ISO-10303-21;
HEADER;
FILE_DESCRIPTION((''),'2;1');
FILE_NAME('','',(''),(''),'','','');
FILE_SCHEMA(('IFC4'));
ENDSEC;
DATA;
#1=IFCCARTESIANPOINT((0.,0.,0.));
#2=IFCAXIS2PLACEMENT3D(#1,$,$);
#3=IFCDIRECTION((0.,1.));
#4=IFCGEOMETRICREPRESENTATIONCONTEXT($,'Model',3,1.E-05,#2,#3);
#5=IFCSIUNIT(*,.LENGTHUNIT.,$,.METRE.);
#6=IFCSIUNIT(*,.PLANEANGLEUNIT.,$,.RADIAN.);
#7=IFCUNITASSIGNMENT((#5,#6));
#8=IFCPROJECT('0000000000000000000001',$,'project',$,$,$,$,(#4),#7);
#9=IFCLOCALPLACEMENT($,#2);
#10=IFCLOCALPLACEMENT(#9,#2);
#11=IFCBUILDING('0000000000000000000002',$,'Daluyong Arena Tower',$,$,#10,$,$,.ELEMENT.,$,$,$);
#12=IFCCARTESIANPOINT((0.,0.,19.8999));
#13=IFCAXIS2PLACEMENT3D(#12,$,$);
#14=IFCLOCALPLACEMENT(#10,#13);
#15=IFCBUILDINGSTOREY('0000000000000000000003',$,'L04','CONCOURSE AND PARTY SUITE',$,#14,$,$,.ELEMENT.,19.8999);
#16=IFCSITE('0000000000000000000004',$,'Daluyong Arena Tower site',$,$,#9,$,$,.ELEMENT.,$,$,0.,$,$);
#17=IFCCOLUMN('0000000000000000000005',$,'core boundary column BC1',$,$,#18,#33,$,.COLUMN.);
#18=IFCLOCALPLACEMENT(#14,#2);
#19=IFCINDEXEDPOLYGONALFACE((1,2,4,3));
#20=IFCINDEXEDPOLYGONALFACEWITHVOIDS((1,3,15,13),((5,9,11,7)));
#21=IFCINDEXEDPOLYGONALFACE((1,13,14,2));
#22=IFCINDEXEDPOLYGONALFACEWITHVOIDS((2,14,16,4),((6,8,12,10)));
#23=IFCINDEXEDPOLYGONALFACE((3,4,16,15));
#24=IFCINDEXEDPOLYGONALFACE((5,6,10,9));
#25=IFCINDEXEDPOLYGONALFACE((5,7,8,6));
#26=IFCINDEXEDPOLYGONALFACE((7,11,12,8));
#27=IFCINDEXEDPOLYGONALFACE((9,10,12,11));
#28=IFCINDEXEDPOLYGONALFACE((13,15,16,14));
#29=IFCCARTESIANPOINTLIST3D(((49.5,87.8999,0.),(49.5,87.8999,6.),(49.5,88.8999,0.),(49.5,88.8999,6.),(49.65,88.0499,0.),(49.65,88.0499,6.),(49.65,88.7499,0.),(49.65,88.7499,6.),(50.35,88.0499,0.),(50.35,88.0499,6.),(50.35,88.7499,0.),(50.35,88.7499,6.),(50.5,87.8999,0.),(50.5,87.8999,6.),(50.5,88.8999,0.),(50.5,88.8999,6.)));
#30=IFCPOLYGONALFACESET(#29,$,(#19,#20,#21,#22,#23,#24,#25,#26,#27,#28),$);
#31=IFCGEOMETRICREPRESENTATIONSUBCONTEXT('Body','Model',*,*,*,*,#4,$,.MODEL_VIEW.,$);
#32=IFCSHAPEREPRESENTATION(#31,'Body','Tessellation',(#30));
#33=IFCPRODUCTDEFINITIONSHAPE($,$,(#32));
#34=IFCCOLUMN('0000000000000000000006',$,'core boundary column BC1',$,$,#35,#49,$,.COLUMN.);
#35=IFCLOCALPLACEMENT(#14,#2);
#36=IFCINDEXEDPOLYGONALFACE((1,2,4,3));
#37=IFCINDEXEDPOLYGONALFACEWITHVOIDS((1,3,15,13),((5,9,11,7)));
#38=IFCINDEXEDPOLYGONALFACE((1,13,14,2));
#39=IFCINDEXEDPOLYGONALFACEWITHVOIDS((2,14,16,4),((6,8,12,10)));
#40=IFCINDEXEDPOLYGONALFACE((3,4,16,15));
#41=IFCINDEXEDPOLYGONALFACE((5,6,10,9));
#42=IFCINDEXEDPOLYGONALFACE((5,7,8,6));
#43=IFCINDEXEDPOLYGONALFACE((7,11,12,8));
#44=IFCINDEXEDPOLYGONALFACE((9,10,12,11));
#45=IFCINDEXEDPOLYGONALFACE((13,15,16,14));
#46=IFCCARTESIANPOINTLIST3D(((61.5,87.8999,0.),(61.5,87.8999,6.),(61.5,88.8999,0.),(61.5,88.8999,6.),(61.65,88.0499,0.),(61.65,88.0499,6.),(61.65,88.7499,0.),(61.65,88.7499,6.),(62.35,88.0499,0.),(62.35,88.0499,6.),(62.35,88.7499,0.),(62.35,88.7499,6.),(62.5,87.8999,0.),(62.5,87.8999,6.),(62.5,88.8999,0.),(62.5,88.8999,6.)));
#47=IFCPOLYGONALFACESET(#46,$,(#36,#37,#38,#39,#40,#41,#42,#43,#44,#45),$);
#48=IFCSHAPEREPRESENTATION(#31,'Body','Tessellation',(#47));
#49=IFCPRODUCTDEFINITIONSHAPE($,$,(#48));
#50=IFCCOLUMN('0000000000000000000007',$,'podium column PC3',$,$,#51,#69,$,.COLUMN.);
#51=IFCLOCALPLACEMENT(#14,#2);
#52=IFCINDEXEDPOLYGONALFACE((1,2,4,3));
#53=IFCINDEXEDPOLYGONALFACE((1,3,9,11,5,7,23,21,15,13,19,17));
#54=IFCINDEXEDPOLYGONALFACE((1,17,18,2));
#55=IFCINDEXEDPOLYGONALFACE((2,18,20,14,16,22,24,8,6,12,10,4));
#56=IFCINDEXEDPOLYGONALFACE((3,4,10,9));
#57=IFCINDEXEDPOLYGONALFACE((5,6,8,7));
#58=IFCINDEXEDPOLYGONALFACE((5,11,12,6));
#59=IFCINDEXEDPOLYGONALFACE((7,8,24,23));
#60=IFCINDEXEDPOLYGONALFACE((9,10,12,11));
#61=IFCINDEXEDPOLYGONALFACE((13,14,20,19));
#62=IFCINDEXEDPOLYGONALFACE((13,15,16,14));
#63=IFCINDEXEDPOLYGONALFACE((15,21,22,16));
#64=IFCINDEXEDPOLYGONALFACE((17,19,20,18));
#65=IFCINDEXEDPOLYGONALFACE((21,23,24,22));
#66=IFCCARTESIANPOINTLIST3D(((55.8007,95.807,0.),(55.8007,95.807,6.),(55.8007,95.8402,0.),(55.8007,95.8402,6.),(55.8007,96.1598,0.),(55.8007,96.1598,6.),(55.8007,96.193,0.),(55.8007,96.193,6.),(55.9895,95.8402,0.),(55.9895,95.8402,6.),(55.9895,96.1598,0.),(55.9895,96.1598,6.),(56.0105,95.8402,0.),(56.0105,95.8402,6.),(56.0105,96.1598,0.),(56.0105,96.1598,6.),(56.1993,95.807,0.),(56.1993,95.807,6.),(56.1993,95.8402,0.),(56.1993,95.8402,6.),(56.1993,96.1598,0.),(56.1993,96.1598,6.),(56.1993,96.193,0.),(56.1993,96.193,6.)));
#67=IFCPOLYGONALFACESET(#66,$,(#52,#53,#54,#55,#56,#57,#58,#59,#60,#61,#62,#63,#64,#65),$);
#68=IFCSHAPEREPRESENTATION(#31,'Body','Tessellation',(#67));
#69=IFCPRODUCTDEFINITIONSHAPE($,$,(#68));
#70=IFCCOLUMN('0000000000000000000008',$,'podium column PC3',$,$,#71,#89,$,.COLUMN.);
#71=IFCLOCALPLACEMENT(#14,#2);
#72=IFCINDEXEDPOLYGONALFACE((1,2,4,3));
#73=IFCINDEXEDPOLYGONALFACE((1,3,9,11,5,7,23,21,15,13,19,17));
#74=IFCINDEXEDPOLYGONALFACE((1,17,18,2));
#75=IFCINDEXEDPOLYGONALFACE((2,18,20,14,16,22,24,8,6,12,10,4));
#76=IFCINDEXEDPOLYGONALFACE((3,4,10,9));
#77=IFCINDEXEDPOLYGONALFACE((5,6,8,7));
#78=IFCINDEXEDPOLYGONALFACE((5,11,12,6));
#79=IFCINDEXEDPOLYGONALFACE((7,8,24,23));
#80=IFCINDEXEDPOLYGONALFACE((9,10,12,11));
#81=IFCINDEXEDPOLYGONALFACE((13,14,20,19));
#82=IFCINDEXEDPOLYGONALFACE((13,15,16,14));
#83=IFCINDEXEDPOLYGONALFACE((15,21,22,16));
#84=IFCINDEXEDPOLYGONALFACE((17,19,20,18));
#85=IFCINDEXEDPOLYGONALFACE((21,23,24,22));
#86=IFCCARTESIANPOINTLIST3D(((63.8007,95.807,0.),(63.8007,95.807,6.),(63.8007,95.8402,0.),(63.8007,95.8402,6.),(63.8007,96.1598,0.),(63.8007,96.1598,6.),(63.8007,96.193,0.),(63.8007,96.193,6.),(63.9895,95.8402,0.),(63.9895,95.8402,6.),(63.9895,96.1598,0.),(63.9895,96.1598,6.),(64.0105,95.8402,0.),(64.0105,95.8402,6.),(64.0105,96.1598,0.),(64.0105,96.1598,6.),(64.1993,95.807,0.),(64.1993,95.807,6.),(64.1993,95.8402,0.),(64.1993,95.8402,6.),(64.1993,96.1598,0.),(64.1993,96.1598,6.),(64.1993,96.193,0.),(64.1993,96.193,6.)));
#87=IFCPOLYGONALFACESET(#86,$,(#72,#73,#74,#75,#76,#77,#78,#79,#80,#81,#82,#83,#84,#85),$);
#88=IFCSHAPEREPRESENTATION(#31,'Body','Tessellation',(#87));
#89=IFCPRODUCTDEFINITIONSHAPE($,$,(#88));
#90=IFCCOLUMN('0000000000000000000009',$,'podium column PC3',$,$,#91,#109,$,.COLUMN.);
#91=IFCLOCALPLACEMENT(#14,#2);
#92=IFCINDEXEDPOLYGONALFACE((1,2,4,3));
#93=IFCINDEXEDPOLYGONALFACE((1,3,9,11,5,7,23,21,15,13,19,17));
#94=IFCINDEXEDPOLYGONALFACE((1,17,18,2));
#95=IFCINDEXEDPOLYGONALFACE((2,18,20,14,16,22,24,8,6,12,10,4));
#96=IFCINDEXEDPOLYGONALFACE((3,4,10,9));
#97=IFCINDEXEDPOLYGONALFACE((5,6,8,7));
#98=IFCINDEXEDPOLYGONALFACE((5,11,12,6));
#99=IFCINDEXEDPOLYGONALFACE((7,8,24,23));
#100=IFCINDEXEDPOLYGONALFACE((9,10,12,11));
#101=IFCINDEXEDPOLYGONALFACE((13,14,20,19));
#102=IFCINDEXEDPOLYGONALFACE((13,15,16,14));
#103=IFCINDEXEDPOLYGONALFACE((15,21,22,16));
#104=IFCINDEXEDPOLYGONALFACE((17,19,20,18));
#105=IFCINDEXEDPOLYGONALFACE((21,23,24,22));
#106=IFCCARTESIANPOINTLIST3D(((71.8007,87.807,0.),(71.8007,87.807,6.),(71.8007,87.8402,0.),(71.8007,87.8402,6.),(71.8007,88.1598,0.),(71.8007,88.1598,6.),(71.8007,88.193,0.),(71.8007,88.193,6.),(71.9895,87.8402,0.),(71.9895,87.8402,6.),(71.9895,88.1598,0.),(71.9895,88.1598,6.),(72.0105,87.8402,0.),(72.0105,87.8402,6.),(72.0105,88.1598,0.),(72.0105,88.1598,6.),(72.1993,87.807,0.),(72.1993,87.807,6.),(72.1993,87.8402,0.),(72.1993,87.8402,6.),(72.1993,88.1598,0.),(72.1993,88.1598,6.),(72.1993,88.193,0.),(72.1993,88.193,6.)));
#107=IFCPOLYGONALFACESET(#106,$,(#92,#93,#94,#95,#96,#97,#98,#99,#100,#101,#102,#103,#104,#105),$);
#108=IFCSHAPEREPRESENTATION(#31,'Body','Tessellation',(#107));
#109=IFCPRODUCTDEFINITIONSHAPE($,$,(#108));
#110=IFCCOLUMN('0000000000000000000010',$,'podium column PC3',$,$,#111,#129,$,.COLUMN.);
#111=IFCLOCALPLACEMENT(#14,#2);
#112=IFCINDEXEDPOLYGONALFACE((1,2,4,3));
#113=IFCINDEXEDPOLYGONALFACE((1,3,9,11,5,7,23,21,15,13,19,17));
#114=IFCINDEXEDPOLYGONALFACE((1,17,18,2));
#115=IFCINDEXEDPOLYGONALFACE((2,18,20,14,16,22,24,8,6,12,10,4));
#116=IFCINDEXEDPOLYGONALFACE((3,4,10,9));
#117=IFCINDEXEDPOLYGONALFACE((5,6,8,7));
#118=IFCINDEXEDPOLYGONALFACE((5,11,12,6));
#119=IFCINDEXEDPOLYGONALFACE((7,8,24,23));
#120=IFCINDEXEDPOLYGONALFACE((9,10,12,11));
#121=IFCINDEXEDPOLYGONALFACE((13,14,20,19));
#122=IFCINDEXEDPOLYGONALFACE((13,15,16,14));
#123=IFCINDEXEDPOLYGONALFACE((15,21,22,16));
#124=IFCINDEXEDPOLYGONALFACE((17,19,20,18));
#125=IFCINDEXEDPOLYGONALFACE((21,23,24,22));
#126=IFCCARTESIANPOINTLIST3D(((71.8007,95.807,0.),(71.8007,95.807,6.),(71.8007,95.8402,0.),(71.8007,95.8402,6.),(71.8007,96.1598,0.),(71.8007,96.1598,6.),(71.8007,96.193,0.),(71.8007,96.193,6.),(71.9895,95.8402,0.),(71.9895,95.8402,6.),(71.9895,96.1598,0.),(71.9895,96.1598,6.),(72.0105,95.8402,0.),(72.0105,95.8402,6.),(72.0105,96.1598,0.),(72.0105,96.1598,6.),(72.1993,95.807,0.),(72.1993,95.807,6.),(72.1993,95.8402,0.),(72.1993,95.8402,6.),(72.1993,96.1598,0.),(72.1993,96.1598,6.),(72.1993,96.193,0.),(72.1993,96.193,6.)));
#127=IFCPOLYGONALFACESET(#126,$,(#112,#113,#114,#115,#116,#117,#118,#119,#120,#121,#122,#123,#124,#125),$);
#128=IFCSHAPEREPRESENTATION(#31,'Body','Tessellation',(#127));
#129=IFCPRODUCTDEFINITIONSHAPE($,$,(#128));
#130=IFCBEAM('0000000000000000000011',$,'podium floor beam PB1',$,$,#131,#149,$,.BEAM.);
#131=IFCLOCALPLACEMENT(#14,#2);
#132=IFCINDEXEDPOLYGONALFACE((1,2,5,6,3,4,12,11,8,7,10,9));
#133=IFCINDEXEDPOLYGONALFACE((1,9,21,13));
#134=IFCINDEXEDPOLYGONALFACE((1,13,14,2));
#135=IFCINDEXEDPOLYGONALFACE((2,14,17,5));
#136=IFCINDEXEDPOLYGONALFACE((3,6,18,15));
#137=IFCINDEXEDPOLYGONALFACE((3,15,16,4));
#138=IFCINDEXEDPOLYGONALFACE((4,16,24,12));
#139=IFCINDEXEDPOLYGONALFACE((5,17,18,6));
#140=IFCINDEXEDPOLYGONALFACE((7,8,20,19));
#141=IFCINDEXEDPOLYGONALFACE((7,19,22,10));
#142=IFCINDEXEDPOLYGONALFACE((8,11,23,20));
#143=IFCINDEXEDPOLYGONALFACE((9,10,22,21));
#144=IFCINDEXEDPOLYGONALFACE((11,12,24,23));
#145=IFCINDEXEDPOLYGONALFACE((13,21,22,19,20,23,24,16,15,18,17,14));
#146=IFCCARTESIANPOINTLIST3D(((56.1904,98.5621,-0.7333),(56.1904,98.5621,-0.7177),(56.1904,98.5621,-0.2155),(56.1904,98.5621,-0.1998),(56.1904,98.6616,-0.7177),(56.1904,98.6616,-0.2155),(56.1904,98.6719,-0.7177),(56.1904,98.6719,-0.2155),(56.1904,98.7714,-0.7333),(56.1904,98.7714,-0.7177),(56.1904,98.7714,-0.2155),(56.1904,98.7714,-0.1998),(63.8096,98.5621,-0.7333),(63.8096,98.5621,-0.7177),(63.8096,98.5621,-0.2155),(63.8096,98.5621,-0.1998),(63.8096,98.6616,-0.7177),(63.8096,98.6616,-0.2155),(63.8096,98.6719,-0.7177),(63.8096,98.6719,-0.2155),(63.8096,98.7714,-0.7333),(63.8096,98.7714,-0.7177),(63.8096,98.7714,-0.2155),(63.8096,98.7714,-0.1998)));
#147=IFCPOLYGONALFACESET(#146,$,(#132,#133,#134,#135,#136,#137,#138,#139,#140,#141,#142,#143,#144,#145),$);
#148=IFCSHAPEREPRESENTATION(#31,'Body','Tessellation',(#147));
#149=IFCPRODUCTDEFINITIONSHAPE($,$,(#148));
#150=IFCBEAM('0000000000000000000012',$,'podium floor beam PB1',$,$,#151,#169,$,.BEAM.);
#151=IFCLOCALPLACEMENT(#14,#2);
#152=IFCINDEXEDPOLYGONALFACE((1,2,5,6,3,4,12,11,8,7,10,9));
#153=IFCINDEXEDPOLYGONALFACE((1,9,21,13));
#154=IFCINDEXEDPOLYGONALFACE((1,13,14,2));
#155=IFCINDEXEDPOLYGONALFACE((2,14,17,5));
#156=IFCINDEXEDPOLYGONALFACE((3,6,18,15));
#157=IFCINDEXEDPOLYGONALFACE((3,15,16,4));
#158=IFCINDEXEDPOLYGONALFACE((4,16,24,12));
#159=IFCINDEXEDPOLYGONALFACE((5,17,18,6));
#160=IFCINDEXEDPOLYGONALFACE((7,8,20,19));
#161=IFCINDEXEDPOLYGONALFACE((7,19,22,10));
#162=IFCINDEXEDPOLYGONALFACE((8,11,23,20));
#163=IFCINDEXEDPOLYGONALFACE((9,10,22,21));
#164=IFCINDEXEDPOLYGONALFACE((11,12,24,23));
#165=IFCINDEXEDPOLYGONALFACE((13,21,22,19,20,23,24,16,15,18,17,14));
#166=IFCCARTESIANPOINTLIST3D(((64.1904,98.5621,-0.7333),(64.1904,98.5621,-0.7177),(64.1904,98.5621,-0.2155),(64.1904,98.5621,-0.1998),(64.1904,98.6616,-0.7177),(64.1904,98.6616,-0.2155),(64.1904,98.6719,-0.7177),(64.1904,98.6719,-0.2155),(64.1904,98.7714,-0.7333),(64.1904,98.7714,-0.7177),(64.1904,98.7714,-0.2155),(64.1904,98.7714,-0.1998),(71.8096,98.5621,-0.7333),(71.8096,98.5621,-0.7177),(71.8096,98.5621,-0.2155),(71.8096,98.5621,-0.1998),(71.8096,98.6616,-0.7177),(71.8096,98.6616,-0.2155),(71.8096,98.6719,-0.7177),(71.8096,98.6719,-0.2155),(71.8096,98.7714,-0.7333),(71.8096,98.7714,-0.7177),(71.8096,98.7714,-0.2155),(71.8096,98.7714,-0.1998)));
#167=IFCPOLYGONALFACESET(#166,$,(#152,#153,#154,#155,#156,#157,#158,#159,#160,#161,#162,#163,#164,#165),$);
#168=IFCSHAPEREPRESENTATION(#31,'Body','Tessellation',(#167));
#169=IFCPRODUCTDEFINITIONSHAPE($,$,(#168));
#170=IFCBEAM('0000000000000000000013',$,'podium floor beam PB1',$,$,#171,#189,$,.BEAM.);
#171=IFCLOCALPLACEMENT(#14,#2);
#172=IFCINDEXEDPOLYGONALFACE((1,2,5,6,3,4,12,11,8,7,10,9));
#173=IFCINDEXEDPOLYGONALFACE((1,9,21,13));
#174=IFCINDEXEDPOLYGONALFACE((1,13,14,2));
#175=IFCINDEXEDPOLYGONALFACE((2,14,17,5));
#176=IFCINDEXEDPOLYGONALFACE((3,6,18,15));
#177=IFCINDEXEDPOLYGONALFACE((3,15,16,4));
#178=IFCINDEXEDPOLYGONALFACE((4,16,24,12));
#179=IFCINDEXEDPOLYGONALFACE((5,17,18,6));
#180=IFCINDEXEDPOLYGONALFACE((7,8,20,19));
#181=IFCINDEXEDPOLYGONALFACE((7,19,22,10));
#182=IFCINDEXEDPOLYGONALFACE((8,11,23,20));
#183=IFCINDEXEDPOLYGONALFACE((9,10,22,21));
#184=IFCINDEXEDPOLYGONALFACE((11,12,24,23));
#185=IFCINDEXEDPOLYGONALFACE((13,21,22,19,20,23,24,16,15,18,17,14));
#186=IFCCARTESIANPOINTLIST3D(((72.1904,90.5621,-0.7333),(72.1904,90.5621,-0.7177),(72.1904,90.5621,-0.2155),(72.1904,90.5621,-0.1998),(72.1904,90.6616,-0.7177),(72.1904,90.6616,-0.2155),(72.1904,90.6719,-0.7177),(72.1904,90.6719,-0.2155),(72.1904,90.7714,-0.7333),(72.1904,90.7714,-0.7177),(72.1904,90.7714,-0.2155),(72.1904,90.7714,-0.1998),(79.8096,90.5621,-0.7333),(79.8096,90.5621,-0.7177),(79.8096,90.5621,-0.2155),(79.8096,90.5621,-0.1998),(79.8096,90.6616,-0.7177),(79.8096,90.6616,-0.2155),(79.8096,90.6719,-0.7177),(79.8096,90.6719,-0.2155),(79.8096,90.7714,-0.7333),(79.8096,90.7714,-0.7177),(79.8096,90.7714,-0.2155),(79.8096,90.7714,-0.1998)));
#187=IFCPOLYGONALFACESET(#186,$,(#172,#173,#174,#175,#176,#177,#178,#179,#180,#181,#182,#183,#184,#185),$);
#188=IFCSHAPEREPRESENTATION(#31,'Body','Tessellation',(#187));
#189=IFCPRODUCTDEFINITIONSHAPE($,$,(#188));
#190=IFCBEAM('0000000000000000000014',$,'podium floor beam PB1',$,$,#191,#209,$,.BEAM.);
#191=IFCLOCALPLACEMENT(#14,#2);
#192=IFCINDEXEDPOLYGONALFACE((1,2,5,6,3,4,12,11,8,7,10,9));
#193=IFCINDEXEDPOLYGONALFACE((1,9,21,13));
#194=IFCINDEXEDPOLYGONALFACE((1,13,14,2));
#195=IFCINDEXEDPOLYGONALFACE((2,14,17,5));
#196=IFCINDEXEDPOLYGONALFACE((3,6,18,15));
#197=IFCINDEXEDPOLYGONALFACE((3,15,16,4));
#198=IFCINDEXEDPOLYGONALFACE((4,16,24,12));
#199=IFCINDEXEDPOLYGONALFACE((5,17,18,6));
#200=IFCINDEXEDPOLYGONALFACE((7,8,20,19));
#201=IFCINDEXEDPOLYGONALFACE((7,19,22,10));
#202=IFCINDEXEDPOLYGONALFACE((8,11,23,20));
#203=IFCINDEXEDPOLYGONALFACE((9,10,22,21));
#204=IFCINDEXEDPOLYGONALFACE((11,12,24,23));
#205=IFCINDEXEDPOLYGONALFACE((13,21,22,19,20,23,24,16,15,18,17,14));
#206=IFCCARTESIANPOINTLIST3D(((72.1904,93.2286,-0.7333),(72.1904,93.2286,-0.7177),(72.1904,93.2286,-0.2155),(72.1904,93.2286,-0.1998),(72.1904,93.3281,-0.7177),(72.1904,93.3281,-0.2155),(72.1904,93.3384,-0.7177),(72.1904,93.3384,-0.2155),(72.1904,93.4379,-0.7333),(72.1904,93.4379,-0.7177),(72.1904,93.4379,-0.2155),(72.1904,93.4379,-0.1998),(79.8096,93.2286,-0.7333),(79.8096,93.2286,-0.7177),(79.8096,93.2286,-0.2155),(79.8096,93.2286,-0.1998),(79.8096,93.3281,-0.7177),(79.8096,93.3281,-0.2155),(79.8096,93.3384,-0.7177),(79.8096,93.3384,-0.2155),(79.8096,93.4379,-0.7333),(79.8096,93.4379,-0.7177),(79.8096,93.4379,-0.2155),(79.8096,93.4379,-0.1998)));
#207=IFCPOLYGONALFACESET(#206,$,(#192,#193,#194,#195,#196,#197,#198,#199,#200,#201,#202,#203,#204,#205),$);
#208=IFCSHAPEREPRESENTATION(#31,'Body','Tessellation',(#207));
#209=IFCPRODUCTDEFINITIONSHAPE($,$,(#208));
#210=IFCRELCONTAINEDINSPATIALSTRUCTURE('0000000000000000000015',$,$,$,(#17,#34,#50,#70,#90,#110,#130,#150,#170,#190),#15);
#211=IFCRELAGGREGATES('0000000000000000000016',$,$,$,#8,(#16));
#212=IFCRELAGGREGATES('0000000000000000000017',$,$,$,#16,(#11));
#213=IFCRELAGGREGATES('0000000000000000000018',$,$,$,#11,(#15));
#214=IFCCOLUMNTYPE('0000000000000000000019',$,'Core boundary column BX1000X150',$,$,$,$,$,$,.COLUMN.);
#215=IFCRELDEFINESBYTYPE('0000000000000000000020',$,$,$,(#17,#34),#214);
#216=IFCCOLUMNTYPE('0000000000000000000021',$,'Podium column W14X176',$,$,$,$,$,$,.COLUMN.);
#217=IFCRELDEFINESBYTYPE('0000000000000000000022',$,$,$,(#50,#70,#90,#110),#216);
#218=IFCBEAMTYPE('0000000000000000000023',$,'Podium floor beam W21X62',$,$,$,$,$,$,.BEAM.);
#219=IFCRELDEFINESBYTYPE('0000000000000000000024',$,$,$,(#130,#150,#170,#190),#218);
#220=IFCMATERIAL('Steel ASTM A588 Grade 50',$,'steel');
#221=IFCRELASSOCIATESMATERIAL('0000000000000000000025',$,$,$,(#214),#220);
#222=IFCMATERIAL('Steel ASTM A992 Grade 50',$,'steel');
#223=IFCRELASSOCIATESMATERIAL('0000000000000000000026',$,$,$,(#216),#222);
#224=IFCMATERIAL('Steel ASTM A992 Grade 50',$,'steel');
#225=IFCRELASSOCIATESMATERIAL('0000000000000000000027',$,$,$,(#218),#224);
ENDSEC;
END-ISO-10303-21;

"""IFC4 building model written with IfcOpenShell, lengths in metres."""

from ifc_helpers import new_model, si_unit, direction, frame, origin, origin_2d, place, context, subcontext, project, spatial, hollow_rectangle, i_section, extrude, material, material_profile, profile_set, type_object, element, save


model = new_model("IFC4")

# Units and contexts
model_context = context("Model", 3, precision=1e-05, world=origin(), true_north=direction((0.0, 1.0)))
body_context = subcontext(model_context, "Body", "Model", "MODEL_VIEW")
ifc_project = project(units=[si_unit("LENGTHUNIT", "METRE"), si_unit("PLANEANGLEUNIT", "RADIAN")], contexts=[model_context])

# Site, building, storey
site_placement = place(None, origin())
site = spatial("IfcSite", under=ifc_project, at=site_placement, Name="Daluyong Arena Tower site", CompositionType="ELEMENT", RefElevation=0.0)
building_placement = place(site_placement, origin())
building = spatial("IfcBuilding", under=site, at=building_placement, Name="Daluyong Arena Tower", CompositionType="ELEMENT")
storey_placement = place(building_placement, frame((0.0, 0.0, 19.8999)))
storey = spatial("IfcBuildingStorey", under=building, at=storey_placement, Name="L04", Description="CONCOURSE AND PARTY SUITE", CompositionType="ELEMENT", Elevation=19.8999)

# Columns
ifc_material_1 = material(Name="Steel ASTM A588 Grade 50", Category="steel")
ifc_material_profile_1 = material_profile(ifc_material_1, hollow_rectangle(XDim=1.0, YDim=1.0, WallThickness=0.15, at=origin_2d()))
ifc_profile_set_1 = profile_set([ifc_material_profile_1], Name="Steel ASTM A588 Grade 50")
column_type_1 = type_object("IfcColumnType", Name="Core boundary column BX1000X150", PredefinedType="COLUMN", material=ifc_profile_set_1)
for number, where, z_axis, x_axis, name in (
    (1, (50.0, 88.3999, 0.0), (0.0, 0.0, 1.0), (1.0, 0.0, 0.0), "core boundary column BC1"),
    (2, (62.0, 88.3999, 0.0), (0.0, 0.0, 1.0), (1.0, 0.0, 0.0), "core boundary column BC1"),
):
    element("IfcColumn", number, at=place(storey_placement, frame(where, z_axis=z_axis, x_axis=x_axis)), inside=storey, type_object=column_type_1, Name=name, PredefinedType="COLUMN", context=body_context, shape_type="SweptSolid", body=[
        extrude(hollow_rectangle(XDim=1.0, YDim=1.0, WallThickness=0.15, at=origin_2d()), origin(), (0.0, 0.0, 1.0), 6.0),
    ])
ifc_material_2 = material(Name="Steel ASTM A992 Grade 50", Category="steel")
ifc_material_profile_2 = material_profile(ifc_material_2, i_section(OverallWidth=0.3987, OverallDepth=0.386, WebThickness=0.021, FlangeThickness=0.0332, at=origin_2d()))
ifc_profile_set_2 = profile_set([ifc_material_profile_2], Name="Steel ASTM A992 Grade 50")
column_type_2 = type_object("IfcColumnType", Name="Podium column W14X176", PredefinedType="COLUMN", material=ifc_profile_set_2)
for number, where, z_axis, x_axis, name in (
    (3, (56.0, 96.0, 0.0), (0.0, 0.0, 1.0), (1.0, 0.0, 0.0), "podium column PC3"),
    (4, (64.0, 96.0, 0.0), (0.0, 0.0, 1.0), (1.0, 0.0, 0.0), "podium column PC3"),
    (5, (72.0, 88.0, 0.0), (0.0, 0.0, 1.0), (1.0, 0.0, 0.0), "podium column PC3"),
    (6, (72.0, 96.0, 0.0), (0.0, 0.0, 1.0), (1.0, 0.0, 0.0), "podium column PC3"),
):
    element("IfcColumn", number, at=place(storey_placement, frame(where, z_axis=z_axis, x_axis=x_axis)), inside=storey, type_object=column_type_2, Name=name, PredefinedType="COLUMN", context=body_context, shape_type="SweptSolid", body=[
        extrude(i_section(OverallWidth=0.3987, OverallDepth=0.386, WebThickness=0.021, FlangeThickness=0.0332, at=origin_2d()), origin(), (0.0, 0.0, 1.0), 6.0),
    ])

# Beams
ifc_material_3 = material(Name="Steel ASTM A992 Grade 50", Category="steel")
ifc_material_profile_3 = material_profile(ifc_material_3, i_section(OverallWidth=0.2092, OverallDepth=0.5334, WebThickness=0.0103, FlangeThickness=0.0156, at=origin_2d()))
ifc_profile_set_3 = profile_set([ifc_material_profile_3], Name="Steel ASTM A992 Grade 50")
beam_type_1 = type_object("IfcBeamType", Name="Podium floor beam W21X62", PredefinedType="BEAM", material=ifc_profile_set_3)
for number, where, z_axis, x_axis, name in (
    (7, (56.1904, 98.6667, -0.4666), (1.0, 0.0, 0.0), (0.0, 1.0, 0.0), "podium floor beam PB1"),
    (8, (64.1904, 98.6667, -0.4666), (1.0, 0.0, 0.0), (0.0, 1.0, 0.0), "podium floor beam PB1"),
    (9, (72.1904, 90.6667, -0.4666), (1.0, 0.0, 0.0), (0.0, 1.0, 0.0), "podium floor beam PB1"),
    (10, (72.1904, 93.3333, -0.4666), (1.0, 0.0, 0.0), (0.0, 1.0, 0.0), "podium floor beam PB1"),
):
    element("IfcBeam", number, at=place(storey_placement, frame(where, z_axis=z_axis, x_axis=x_axis)), inside=storey, type_object=beam_type_1, Name=name, PredefinedType="BEAM", context=body_context, shape_type="SweptSolid", body=[
        extrude(i_section(OverallWidth=0.2092, OverallDepth=0.5334, WebThickness=0.0103, FlangeThickness=0.0156, at=origin_2d()), origin(), (0.0, 0.0, 1.0), 7.6191),
    ])

save(model, "model.ifc")
